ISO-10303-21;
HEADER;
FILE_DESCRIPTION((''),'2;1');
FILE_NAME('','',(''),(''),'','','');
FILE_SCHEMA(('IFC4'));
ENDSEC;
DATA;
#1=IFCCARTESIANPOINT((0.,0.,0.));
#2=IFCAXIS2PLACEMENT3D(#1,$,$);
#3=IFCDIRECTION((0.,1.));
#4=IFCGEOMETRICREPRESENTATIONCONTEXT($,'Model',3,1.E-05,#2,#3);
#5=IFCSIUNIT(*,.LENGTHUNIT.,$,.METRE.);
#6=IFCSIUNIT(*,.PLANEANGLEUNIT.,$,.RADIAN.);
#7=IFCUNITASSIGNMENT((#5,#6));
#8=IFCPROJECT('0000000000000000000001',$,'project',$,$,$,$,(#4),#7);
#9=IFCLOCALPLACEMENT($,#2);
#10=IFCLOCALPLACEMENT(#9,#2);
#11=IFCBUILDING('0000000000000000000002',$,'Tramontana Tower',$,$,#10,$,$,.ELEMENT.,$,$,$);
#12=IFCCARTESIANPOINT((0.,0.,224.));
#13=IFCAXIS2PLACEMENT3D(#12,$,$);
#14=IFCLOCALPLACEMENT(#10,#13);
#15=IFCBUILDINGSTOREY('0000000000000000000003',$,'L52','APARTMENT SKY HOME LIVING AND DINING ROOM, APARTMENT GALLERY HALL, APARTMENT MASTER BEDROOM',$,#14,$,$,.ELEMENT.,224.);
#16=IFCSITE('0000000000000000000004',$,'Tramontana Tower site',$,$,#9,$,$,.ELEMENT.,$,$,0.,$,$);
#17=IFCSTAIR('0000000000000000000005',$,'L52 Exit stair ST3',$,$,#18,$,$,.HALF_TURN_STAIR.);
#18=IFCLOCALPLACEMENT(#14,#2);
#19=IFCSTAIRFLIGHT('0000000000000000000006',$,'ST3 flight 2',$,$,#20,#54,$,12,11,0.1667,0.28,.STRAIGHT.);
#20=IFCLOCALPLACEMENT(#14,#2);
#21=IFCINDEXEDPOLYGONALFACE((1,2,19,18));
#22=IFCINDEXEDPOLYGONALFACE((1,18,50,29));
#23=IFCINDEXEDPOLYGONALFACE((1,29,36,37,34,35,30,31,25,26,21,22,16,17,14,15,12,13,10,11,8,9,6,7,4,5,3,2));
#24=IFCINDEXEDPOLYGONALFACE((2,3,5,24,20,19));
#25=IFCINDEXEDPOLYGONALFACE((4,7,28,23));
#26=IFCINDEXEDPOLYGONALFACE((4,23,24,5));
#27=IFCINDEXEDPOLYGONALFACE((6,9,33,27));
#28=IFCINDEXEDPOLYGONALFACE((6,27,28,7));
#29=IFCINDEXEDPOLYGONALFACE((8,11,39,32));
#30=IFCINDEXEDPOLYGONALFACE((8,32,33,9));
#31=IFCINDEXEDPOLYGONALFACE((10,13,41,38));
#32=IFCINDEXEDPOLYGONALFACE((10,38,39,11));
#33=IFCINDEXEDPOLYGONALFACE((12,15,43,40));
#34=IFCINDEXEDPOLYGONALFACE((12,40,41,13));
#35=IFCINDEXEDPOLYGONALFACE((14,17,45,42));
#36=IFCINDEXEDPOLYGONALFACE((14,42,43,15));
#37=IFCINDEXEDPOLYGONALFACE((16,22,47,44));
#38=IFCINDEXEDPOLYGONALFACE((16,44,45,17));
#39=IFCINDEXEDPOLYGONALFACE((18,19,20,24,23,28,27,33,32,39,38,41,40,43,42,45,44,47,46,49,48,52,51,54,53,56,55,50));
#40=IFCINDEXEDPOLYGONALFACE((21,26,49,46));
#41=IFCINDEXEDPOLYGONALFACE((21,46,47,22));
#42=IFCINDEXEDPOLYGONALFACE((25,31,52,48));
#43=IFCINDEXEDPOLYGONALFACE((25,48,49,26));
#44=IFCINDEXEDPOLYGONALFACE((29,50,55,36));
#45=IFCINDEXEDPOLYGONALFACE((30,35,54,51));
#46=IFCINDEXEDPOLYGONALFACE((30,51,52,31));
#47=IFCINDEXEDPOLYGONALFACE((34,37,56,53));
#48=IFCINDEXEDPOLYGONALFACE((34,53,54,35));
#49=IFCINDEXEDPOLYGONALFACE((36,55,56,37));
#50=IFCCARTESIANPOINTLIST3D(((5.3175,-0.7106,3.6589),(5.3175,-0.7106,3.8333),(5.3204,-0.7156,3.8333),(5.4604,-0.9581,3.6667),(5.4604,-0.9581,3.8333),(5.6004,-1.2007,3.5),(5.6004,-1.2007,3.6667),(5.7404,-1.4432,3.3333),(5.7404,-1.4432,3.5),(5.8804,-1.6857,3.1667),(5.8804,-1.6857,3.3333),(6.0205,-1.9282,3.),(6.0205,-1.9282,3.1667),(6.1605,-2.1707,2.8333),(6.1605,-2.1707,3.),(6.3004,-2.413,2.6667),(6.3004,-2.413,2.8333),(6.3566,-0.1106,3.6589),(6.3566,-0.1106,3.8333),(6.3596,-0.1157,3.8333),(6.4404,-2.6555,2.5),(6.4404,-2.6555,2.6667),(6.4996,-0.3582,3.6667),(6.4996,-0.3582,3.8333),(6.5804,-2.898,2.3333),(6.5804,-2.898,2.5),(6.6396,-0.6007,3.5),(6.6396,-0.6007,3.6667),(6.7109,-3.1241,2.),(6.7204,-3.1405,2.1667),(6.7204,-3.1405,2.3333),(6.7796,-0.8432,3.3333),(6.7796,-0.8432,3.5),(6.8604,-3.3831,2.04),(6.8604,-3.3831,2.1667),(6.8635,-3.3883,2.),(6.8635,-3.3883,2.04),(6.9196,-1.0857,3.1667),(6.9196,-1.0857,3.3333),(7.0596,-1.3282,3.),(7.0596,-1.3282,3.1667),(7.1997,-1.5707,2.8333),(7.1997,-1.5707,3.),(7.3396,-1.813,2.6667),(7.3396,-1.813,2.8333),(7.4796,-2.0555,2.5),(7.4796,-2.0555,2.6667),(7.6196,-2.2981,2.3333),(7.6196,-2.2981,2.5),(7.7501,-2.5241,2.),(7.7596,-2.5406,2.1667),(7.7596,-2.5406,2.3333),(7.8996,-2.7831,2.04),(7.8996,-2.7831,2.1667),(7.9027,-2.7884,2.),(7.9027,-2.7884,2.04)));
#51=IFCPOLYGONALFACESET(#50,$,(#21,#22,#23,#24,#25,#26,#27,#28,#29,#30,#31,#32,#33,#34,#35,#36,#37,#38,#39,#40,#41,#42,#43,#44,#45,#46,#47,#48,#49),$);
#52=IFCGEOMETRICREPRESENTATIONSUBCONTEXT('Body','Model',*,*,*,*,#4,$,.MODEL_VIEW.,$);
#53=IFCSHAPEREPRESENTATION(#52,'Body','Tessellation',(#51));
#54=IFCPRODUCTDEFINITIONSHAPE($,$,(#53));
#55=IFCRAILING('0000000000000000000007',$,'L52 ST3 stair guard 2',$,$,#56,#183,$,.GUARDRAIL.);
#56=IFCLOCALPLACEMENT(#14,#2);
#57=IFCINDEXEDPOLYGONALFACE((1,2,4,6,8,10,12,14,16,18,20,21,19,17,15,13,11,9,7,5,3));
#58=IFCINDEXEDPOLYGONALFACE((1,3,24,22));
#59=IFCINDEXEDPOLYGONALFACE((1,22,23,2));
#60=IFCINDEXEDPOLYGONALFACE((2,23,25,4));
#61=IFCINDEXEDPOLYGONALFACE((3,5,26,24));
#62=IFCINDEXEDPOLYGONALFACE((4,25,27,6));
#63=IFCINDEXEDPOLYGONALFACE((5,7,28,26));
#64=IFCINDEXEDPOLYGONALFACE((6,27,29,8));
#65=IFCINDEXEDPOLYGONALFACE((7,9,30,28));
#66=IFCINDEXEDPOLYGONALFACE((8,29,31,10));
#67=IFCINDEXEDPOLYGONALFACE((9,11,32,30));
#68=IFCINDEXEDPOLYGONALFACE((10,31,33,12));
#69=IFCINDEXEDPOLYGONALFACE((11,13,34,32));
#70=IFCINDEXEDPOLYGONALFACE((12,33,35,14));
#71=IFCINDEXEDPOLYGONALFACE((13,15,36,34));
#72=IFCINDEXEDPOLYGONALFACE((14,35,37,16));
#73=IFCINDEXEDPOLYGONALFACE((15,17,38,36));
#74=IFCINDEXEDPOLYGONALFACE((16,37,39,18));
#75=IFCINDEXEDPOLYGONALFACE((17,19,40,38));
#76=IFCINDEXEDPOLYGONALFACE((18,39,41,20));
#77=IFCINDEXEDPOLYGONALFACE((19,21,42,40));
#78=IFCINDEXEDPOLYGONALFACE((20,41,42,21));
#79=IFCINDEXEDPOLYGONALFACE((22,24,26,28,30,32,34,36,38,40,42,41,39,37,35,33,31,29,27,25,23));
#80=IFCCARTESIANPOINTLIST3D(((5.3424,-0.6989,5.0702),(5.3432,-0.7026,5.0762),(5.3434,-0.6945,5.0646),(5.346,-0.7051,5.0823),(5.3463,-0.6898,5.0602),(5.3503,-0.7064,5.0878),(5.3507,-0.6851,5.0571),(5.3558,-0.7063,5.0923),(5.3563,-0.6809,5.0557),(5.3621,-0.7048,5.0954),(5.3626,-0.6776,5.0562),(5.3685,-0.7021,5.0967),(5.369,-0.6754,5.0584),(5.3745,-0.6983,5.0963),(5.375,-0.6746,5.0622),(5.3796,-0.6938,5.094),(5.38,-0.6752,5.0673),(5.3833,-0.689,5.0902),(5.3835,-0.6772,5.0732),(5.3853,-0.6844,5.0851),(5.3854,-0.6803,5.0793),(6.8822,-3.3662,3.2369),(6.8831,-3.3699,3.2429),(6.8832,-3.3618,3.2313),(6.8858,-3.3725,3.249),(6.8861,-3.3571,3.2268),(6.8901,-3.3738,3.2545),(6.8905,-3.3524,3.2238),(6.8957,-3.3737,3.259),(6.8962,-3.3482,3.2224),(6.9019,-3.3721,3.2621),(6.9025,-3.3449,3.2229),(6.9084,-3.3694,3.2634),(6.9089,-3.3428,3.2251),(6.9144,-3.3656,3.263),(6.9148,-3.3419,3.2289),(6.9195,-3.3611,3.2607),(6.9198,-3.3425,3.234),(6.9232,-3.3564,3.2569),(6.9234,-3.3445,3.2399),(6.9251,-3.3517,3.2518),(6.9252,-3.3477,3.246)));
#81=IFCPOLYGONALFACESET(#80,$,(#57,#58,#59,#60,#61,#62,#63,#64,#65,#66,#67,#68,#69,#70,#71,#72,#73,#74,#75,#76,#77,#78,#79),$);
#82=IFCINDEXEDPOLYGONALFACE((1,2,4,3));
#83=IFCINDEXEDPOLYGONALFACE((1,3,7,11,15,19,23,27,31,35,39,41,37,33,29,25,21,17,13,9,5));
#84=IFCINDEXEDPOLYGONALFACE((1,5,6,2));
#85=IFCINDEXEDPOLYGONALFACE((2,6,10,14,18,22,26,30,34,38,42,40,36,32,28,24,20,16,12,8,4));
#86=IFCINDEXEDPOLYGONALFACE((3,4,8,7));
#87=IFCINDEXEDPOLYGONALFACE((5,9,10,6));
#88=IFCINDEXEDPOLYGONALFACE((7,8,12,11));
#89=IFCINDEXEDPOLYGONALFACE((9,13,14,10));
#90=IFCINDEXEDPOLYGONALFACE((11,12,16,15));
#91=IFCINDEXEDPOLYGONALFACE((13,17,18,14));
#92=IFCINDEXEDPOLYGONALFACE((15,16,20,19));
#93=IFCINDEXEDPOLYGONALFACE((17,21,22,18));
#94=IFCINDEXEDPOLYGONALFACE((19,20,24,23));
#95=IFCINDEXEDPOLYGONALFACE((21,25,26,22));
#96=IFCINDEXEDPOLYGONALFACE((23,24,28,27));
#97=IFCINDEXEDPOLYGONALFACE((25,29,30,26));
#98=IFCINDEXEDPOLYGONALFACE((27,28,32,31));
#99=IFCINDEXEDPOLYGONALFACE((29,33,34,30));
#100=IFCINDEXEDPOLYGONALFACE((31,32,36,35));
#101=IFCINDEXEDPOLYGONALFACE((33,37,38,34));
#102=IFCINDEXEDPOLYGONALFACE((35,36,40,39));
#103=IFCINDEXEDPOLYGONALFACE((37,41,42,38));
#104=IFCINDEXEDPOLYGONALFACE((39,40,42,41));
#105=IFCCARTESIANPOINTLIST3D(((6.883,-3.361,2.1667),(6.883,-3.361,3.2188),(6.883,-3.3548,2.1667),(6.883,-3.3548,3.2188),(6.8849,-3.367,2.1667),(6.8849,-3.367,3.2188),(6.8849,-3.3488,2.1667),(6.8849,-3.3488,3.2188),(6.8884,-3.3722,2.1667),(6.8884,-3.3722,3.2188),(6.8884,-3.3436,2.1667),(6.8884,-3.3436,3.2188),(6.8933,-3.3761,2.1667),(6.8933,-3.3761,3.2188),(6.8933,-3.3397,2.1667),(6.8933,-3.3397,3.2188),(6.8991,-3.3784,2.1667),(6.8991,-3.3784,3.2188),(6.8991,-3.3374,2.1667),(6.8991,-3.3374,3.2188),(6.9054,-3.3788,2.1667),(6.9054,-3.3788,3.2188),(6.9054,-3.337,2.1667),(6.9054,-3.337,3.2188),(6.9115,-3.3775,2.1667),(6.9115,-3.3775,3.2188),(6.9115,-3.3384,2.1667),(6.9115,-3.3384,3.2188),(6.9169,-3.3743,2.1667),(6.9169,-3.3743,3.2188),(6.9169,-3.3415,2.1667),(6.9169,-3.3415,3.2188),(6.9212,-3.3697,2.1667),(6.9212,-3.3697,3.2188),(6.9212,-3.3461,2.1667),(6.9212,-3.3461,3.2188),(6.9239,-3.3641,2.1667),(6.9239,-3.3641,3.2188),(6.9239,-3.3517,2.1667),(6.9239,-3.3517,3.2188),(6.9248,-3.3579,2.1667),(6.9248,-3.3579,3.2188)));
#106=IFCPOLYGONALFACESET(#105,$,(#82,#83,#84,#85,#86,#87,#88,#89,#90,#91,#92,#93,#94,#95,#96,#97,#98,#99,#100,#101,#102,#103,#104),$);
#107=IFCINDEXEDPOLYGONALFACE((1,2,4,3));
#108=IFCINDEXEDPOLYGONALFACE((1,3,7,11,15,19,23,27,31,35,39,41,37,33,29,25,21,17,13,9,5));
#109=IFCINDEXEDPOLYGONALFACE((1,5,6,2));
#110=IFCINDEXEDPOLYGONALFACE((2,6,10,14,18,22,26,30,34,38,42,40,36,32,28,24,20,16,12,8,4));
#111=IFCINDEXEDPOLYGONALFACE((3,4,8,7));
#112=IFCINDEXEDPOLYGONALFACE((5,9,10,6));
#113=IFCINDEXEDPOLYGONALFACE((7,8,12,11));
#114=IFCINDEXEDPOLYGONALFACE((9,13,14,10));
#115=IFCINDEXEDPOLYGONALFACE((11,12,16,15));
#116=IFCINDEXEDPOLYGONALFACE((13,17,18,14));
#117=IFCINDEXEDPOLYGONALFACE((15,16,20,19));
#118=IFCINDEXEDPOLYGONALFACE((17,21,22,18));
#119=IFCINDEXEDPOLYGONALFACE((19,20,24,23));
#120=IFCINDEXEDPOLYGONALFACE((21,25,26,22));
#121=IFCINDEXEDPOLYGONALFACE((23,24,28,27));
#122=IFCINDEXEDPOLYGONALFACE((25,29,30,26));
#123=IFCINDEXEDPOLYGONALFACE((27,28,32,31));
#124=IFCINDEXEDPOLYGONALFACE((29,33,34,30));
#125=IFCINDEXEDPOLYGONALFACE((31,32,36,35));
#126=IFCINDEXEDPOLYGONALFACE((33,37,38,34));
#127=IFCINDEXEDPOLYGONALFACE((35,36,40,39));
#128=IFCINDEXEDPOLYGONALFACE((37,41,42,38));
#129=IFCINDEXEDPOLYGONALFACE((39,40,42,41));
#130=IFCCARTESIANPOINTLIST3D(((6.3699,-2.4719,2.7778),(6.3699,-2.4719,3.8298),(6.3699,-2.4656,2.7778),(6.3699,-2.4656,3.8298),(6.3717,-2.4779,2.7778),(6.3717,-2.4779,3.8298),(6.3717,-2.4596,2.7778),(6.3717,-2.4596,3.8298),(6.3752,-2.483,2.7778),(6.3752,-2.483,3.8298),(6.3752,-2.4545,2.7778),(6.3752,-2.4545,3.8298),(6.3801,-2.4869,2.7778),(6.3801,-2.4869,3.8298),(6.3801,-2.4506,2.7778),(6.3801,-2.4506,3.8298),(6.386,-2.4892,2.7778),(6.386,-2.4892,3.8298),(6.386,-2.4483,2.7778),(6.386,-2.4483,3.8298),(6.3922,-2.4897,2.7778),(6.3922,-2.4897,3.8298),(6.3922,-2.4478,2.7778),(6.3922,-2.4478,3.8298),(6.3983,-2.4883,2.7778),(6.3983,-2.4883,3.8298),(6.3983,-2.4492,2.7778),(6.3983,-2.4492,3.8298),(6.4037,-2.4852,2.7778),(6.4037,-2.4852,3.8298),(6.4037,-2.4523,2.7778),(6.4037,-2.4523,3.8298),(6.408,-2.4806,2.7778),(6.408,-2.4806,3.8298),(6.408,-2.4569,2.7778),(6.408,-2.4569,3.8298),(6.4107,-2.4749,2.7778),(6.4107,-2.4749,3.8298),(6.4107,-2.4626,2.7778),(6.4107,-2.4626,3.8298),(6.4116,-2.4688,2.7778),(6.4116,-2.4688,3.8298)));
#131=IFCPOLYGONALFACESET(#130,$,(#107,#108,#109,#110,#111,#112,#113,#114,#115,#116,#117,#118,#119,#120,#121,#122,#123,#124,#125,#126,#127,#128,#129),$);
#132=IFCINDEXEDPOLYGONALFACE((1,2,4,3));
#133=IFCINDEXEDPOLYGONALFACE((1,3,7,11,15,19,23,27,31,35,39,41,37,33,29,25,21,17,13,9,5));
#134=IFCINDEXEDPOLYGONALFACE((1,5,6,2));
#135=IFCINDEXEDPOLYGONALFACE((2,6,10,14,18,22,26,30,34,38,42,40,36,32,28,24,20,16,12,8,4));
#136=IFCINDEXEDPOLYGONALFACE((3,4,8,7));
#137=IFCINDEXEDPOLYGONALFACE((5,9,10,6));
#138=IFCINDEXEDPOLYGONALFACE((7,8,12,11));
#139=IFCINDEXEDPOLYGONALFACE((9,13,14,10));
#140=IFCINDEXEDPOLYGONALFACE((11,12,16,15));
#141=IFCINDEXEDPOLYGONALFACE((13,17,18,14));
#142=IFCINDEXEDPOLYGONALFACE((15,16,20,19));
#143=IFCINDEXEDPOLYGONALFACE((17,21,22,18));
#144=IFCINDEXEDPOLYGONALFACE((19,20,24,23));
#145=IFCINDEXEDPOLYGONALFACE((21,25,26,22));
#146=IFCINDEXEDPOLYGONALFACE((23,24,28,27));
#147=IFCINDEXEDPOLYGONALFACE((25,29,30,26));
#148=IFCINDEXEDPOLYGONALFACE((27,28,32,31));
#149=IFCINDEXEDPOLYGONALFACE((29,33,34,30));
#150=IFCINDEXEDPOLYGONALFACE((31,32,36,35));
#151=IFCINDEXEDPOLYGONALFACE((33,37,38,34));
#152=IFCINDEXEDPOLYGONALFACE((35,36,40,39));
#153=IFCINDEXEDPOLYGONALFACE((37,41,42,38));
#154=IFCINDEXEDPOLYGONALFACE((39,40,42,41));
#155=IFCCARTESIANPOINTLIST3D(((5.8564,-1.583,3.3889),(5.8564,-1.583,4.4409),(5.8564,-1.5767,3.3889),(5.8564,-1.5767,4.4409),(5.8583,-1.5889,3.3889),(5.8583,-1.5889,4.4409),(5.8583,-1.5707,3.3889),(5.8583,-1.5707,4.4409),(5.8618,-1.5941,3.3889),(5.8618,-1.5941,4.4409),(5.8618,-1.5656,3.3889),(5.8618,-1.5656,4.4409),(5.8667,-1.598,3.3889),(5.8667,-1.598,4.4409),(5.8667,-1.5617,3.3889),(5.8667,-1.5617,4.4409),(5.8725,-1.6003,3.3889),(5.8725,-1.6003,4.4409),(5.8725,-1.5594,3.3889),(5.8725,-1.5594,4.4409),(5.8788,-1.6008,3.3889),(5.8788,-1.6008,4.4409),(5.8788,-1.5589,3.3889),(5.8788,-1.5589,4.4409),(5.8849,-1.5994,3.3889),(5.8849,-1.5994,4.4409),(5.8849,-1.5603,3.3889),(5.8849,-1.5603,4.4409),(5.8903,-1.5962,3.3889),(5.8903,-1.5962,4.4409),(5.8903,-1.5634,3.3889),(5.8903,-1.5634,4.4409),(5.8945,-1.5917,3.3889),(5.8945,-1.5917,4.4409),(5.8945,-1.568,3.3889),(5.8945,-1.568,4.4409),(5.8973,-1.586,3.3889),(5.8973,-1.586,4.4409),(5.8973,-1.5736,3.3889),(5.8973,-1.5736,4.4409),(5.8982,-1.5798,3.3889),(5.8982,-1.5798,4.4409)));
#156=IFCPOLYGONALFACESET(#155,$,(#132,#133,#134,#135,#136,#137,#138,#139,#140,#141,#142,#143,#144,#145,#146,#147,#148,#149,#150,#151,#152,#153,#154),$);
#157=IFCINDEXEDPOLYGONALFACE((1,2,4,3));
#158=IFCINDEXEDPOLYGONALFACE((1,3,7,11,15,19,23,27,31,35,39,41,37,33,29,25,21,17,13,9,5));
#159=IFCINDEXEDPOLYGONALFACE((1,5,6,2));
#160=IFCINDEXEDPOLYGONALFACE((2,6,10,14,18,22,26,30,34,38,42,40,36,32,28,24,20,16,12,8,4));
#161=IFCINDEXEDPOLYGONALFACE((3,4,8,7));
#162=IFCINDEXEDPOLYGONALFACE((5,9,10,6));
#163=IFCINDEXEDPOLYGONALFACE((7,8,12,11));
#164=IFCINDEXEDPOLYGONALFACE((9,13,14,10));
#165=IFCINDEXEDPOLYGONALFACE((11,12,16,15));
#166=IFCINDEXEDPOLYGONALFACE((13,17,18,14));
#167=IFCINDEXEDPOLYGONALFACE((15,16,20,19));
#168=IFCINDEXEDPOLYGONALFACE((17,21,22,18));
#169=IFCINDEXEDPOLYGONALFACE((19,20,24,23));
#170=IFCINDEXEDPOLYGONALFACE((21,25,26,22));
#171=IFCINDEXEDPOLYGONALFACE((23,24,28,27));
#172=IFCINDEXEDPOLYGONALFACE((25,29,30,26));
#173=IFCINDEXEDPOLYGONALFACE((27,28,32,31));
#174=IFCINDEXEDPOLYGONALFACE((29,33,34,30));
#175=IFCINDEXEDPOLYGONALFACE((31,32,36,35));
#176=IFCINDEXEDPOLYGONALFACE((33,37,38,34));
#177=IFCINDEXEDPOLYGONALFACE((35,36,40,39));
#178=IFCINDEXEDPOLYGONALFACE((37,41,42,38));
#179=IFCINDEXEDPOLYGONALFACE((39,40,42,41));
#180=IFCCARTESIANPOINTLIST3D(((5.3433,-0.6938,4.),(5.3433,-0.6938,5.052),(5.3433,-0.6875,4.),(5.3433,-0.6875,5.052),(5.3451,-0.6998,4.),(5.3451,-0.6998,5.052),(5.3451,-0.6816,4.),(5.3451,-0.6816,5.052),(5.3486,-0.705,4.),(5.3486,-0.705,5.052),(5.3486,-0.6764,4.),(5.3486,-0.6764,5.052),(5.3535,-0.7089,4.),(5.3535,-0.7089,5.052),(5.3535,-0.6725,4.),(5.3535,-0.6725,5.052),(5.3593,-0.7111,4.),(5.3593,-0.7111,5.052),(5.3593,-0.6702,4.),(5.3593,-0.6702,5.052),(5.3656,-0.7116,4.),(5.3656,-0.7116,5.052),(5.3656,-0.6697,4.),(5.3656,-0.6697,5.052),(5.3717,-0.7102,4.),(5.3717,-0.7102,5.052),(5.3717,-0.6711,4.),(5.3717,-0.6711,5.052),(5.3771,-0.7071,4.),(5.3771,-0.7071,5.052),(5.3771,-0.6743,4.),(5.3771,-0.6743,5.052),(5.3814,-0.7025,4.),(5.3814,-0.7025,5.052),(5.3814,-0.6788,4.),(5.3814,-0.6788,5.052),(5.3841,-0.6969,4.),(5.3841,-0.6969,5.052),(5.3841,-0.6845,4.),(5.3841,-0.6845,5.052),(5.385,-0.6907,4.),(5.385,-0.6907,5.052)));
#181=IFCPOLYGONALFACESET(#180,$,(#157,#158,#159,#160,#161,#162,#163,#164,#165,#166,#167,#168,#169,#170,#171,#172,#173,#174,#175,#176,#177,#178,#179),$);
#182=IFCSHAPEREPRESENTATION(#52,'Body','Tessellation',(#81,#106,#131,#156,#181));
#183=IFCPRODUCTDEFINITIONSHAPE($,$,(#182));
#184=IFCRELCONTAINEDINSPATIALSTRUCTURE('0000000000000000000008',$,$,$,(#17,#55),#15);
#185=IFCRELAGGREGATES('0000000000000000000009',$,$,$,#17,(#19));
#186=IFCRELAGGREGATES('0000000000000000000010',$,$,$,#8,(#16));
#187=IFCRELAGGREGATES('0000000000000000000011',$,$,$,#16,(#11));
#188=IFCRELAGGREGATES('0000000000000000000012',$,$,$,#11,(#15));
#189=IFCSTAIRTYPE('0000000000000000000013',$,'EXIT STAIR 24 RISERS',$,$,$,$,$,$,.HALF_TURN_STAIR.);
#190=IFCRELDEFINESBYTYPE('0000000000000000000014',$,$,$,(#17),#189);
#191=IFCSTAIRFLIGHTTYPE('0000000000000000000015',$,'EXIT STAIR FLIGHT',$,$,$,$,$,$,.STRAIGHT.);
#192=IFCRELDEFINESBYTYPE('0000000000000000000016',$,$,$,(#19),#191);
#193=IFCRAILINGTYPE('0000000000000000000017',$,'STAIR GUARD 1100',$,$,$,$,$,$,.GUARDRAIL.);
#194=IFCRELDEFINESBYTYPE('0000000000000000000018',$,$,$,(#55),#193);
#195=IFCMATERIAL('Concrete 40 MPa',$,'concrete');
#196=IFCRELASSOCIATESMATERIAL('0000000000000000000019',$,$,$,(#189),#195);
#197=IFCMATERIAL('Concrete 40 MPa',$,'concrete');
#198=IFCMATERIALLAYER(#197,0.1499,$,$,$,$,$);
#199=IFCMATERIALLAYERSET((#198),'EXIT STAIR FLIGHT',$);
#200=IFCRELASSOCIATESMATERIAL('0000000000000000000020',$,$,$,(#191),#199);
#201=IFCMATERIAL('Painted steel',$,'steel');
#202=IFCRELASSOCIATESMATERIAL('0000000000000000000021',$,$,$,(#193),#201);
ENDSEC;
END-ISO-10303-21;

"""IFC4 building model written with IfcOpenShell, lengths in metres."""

from ifc_helpers import new_model, si_unit, direction, frame, origin, origin_2d, place, context, subcontext, project, spatial, polyline, circle, outline, extrude, material, layer, layer_set, type_object, element, aggregate, save


model = new_model("IFC4")

# Units and contexts
model_context = context("Model", 3, precision=1e-05, world=origin(), true_north=direction((0.0, 1.0)))
body_context = subcontext(model_context, "Body", "Model", "MODEL_VIEW")
ifc_project = project(units=[si_unit("LENGTHUNIT", "METRE"), si_unit("PLANEANGLEUNIT", "RADIAN")], contexts=[model_context])

# Site, building, storey
site_placement = place(None, origin())
site = spatial("IfcSite", under=ifc_project, at=site_placement, Name="Tramontana Tower site", CompositionType="ELEMENT", RefElevation=0.0)
building_placement = place(site_placement, origin())
building = spatial("IfcBuilding", under=site, at=building_placement, Name="Tramontana Tower", CompositionType="ELEMENT")
storey_placement = place(building_placement, frame((0.0, 0.0, 224.0)))
storey = spatial("IfcBuildingStorey", under=building, at=storey_placement, Name="L52", Description="APARTMENT SKY HOME LIVING AND DINING ROOM, APARTMENT GALLERY HALL, APARTMENT MASTER BEDROOM", CompositionType="ELEMENT", Elevation=224.0)

# Stair, stair flight
ifc_material_1 = material(Name="Concrete 40 MPa", Category="concrete")
stair_type = type_object("IfcStairType", Name="EXIT STAIR 24 RISERS", PredefinedType="HALF_TURN_STAIR", material=ifc_material_1)
stair_placement = place(storey_placement, origin())
stair = element("IfcStair", 1, at=stair_placement, inside=storey, type_object=stair_type, Name="L52 Exit stair ST3", PredefinedType="HALF_TURN_STAIR")
ifc_material_2 = material(Name="Concrete 40 MPa", Category="concrete")
ifc_layer_1 = layer(ifc_material_2, 0.1499)
ifc_layer_set_1 = layer_set([ifc_layer_1], Name="EXIT STAIR FLIGHT")
stair_flight_type = type_object("IfcStairFlightType", Name="EXIT STAIR FLIGHT", PredefinedType="STRAIGHT", material=ifc_layer_set_1)
stair_flight_placement = place(storey_placement, frame((7.3801, -3.083, 2.0), z_axis=(0.0, 0.0, 1.0), x_axis=(-0.5, 0.866025, 0.0)))
stair_flight = element("IfcStairFlight", 2, at=stair_flight_placement, type_object=stair_flight_type, Name="ST3 flight 2", NumberOfRisers=12, NumberOfTreads=11, PredefinedType="STRAIGHT", RiserHeight=0.1667, TreadLength=0.28, context=body_context, shape_type="SweptSolid", body=[
    extrude(outline(polyline([(-0.0061, 0.0), (-0.0061, 0.04), (0.0, 0.04), (0.0, 0.1667), (0.28, 0.1667), (0.28, 0.3333), (0.5601, 0.3333), (0.5601, 0.5), (0.8401, 0.5), (0.8401, 0.6667), (1.1201, 0.6667), (1.1201, 0.8333), (1.3999, 0.8333), (1.3999, 1.0), (1.6799, 1.0), (1.6799, 1.1667), (1.96, 1.1667), (1.96, 1.3333), (2.24, 1.3333), (2.24, 1.5), (2.52, 1.5), (2.52, 1.6667), (2.8, 1.6667), (2.8, 1.8333), (3.0801, 1.8333), (3.0859, 1.8333), (3.0859, 1.6589), (0.2991, 0.0), (-0.0061, 0.0)])), frame((0.0, 0.6001, 0.0), z_axis=(0.0, -1.0, 0.0), x_axis=(1.0, 0.0, 0.0)), (0.0, 0.0, 1.0), 1.2),
])
aggregate(stair, [stair_flight])

# Railing
ifc_material_3 = material(Name="Painted steel", Category="steel")
railing_type_1 = type_object("IfcRailingType", Name="STAIR GUARD 1100", PredefinedType="GUARDRAIL", material=ifc_material_3)
railing_1_placement = place(storey_placement, frame((6.9038, -3.3579, 2.1667)))
element("IfcRailing", 3, at=railing_1_placement, inside=storey, type_object=railing_type_1, Name="L52 ST3 stair guard 2", PredefinedType="GUARDRAIL", context=body_context, shape_type="SweptSolid", body=[
    extrude(circle(Radius=0.0239, at=origin_2d()), frame((0.0, 0.0, 1.0762), z_axis=(-0.429616, 0.744181, 0.511493), x_axis=(-0.866044, -0.499967, 0.0)), (0.0, 0.0, 1.0), 3.5842),
    extrude(circle(Radius=0.021, at=origin_2d()), origin(), (0.0, 0.0, 1.0), 1.052),
    extrude(circle(Radius=0.021, at=origin_2d()), frame((-0.5132, 0.8892, 0.6111)), (0.0, 0.0, 1.0), 1.052),
    extrude(circle(Radius=0.021, at=origin_2d()), frame((-1.0266, 1.7781, 1.2222)), (0.0, 0.0, 1.0), 1.052),
    extrude(circle(Radius=0.021, at=origin_2d()), frame((-1.5398, 2.6672, 1.8333)), (0.0, 0.0, 1.0), 1.052),
])

save(model, "model.ifc")
